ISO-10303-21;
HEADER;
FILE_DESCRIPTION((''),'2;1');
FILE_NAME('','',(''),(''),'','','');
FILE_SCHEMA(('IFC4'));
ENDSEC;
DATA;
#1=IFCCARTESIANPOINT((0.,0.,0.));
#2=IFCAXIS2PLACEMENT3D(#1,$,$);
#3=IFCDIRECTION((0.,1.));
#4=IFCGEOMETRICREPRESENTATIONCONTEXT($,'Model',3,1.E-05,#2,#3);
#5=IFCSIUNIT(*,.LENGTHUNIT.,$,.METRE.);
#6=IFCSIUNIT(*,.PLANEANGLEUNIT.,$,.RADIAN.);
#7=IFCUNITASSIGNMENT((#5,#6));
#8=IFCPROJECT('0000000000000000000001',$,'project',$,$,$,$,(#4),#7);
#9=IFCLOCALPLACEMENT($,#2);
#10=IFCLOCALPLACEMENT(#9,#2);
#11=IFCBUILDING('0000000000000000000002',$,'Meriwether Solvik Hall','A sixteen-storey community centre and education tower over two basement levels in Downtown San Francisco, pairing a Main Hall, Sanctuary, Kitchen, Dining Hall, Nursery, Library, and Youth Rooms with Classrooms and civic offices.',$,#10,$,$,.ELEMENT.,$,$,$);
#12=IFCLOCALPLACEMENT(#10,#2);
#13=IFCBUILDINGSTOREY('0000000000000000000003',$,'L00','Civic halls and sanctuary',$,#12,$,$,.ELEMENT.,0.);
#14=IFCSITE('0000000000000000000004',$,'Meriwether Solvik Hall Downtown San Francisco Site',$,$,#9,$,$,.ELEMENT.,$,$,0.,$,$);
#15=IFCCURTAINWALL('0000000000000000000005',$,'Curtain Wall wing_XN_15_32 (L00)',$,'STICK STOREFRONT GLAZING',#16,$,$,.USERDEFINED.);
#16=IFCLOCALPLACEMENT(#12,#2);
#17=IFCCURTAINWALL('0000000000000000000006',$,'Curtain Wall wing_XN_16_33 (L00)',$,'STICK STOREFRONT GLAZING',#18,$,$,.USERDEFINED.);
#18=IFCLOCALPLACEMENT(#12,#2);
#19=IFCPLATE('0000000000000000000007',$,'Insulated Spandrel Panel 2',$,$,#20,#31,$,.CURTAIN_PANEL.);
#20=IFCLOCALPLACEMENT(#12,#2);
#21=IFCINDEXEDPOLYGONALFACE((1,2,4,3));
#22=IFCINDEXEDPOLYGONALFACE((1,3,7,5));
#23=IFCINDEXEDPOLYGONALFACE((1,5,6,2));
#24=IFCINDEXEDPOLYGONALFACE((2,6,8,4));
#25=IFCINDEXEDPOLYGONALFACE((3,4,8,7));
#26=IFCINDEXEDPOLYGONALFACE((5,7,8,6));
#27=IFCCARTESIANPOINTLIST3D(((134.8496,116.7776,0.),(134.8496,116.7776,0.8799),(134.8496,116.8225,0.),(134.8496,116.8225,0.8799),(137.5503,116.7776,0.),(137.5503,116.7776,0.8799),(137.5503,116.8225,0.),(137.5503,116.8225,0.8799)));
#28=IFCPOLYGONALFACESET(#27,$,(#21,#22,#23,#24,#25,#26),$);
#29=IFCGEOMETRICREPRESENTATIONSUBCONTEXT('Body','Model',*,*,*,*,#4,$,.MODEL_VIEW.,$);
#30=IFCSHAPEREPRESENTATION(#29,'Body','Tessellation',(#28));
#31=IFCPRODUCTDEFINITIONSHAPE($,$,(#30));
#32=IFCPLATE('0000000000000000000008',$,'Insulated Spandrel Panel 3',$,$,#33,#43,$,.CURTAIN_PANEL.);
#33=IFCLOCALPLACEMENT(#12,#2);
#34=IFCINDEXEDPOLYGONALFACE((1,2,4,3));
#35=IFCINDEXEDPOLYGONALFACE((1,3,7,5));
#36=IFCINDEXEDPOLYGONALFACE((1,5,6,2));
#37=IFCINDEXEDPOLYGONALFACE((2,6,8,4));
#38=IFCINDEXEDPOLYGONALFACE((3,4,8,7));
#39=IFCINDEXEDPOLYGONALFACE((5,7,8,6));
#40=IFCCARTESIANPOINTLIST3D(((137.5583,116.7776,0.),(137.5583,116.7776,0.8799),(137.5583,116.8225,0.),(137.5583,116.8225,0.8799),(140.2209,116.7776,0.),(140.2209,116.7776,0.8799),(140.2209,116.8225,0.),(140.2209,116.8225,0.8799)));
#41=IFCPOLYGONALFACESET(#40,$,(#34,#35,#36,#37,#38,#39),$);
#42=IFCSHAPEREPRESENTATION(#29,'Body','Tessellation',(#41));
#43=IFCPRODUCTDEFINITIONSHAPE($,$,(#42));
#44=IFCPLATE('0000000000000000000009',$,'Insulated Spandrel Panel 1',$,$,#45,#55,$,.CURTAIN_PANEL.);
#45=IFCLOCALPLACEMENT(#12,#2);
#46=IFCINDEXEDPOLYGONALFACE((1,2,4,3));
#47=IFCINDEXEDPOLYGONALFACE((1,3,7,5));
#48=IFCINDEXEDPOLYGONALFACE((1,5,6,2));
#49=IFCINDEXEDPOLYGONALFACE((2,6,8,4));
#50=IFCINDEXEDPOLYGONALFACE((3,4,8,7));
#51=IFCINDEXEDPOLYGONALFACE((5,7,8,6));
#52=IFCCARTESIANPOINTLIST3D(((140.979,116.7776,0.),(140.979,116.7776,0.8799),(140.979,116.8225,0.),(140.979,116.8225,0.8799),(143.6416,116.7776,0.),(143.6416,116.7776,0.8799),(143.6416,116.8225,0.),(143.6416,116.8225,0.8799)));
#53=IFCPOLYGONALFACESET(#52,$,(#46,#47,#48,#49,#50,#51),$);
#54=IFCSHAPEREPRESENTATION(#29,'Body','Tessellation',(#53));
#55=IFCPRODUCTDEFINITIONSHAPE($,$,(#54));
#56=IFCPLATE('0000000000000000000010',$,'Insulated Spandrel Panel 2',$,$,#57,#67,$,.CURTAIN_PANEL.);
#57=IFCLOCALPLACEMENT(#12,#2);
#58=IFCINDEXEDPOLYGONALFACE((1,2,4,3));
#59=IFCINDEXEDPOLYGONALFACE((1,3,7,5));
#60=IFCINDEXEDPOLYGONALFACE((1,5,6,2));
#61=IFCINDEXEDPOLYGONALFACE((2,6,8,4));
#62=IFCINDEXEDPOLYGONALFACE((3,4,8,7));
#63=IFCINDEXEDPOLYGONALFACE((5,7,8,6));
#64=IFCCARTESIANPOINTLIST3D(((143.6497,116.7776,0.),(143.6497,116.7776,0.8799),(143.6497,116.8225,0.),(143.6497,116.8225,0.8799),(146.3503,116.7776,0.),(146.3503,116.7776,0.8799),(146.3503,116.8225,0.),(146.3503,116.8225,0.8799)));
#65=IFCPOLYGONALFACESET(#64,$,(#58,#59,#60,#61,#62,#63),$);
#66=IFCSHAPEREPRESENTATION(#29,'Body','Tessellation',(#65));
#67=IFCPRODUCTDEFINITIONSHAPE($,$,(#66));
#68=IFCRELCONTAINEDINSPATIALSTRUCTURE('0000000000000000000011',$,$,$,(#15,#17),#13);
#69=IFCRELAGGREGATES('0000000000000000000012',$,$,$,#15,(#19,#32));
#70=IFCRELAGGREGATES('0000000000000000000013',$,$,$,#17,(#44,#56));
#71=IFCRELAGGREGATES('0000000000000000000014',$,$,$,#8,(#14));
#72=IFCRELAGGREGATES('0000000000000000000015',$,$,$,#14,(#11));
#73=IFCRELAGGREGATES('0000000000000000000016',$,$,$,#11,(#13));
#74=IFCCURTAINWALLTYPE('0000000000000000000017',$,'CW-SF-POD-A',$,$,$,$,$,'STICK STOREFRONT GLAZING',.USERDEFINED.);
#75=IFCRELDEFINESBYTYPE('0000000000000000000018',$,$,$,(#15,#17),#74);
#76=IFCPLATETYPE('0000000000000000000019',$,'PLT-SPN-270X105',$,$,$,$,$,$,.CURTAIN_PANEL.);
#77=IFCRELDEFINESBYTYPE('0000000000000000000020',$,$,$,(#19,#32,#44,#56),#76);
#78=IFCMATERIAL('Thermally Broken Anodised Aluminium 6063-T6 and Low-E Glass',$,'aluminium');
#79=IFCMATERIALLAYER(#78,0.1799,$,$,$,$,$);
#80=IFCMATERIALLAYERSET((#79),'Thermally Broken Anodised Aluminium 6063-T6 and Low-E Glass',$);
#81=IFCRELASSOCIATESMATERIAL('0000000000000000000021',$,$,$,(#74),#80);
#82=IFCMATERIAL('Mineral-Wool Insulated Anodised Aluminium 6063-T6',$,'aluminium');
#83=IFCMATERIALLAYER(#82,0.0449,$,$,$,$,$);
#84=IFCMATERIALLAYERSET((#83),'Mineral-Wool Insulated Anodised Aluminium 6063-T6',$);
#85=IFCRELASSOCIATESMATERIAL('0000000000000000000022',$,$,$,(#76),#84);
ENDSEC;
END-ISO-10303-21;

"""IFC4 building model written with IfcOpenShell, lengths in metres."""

from ifc_helpers import new_model, si_unit, direction, frame, origin, origin_2d, place, context, subcontext, project, spatial, rectangle, extrude, material, layer, layer_set, type_object, element, aggregate, save


model = new_model("IFC4")

# Units and contexts
model_context = context("Model", 3, precision=1e-05, world=origin(), true_north=direction((0.0, 1.0)))
body_context = subcontext(model_context, "Body", "Model", "MODEL_VIEW")
ifc_project = project(units=[si_unit("LENGTHUNIT", "METRE"), si_unit("PLANEANGLEUNIT", "RADIAN")], contexts=[model_context])

# Site, building, storey
site_placement = place(None, origin())
site = spatial("IfcSite", under=ifc_project, at=site_placement, Name="Meriwether Solvik Hall Downtown San Francisco Site", CompositionType="ELEMENT", RefElevation=0.0)
building_placement = place(site_placement, origin())
building = spatial("IfcBuilding", under=site, at=building_placement, Name="Meriwether Solvik Hall", Description="A sixteen-storey community centre and education tower over two basement levels in Downtown San Francisco, pairing a Main Hall, Sanctuary, Kitchen, Dining Hall, Nursery, Library, and Youth Rooms with Classrooms and civic offices.", CompositionType="ELEMENT")
storey_placement = place(building_placement, origin())
storey = spatial("IfcBuildingStorey", under=building, at=storey_placement, Name="L00", Description="Civic halls and sanctuary", CompositionType="ELEMENT", Elevation=0.0)

# Curtain walls
ifc_material_1 = material(Name="Thermally Broken Anodised Aluminium 6063-T6 and Low-E Glass", Category="aluminium")
ifc_layer_1 = layer(ifc_material_1, 0.1799)
ifc_layer_set_1 = layer_set([ifc_layer_1], Name="Thermally Broken Anodised Aluminium 6063-T6 and Low-E Glass")
curtain_wall_type = type_object("IfcCurtainWallType", Name="CW-SF-POD-A", ElementType="STICK STOREFRONT GLAZING", PredefinedType="USERDEFINED", material=ifc_layer_set_1)
curtain_wall_1_placement = place(storey_placement, origin())
curtain_wall_1 = element("IfcCurtainWall", 1, at=curtain_wall_1_placement, inside=storey, type_object=curtain_wall_type, Name="Curtain Wall wing_XN_15_32 (L00)", ObjectType="STICK STOREFRONT GLAZING", PredefinedType="USERDEFINED")
curtain_wall_2_placement = place(storey_placement, origin())
curtain_wall_2 = element("IfcCurtainWall", 2, at=curtain_wall_2_placement, inside=storey, type_object=curtain_wall_type, Name="Curtain Wall wing_XN_16_33 (L00)", ObjectType="STICK STOREFRONT GLAZING", PredefinedType="USERDEFINED")

# Plates
ifc_material_2 = material(Name="Mineral-Wool Insulated Anodised Aluminium 6063-T6", Category="aluminium")
ifc_layer_2 = layer(ifc_material_2, 0.0449)
ifc_layer_set_2 = layer_set([ifc_layer_2], Name="Mineral-Wool Insulated Anodised Aluminium 6063-T6")
plate_type_1 = type_object("IfcPlateType", Name="PLT-SPN-270X105", PredefinedType="CURTAIN_PANEL", material=ifc_layer_set_2)
plate_1_placement = place(storey_placement, frame((136.2, 116.8, 0.0), z_axis=(0.0, 0.0, 1.0), x_axis=(1.0, 0.0, 0.0)))
plate_1 = element("IfcPlate", 3, at=plate_1_placement, type_object=plate_type_1, Name="Insulated Spandrel Panel 2", PredefinedType="CURTAIN_PANEL", context=body_context, shape_type="SweptSolid", body=[
    extrude(rectangle(XDim=2.7007, YDim=0.0449, at=origin_2d()), origin(), (0.0, 0.0, 1.0), 0.8799),
])
plate_2_placement = place(storey_placement, frame((138.8896, 116.8, 0.0), z_axis=(0.0, 0.0, 1.0), x_axis=(1.0, 0.0, 0.0)))
plate_2 = element("IfcPlate", 4, at=plate_2_placement, type_object=plate_type_1, Name="Insulated Spandrel Panel 3", PredefinedType="CURTAIN_PANEL", context=body_context, shape_type="SweptSolid", body=[
    extrude(rectangle(XDim=2.6626, YDim=0.0449, at=origin_2d()), origin(), (0.0, 0.0, 1.0), 0.8799),
])
aggregate(curtain_wall_1, [plate_1, plate_2])
plate_3_placement = place(storey_placement, frame((142.3103, 116.8, 0.0), z_axis=(0.0, 0.0, 1.0), x_axis=(1.0, 0.0, 0.0)))
plate_3 = element("IfcPlate", 5, at=plate_3_placement, type_object=plate_type_1, Name="Insulated Spandrel Panel 1", PredefinedType="CURTAIN_PANEL", context=body_context, shape_type="SweptSolid", body=[
    extrude(rectangle(XDim=2.6626, YDim=0.0449, at=origin_2d()), origin(), (0.0, 0.0, 1.0), 0.8799),
])
plate_4_placement = place(storey_placement, frame((145.0, 116.8, 0.0), z_axis=(0.0, 0.0, 1.0), x_axis=(1.0, 0.0, 0.0)))
plate_4 = element("IfcPlate", 6, at=plate_4_placement, type_object=plate_type_1, Name="Insulated Spandrel Panel 2", PredefinedType="CURTAIN_PANEL", context=body_context, shape_type="SweptSolid", body=[
    extrude(rectangle(XDim=2.7007, YDim=0.0449, at=origin_2d()), origin(), (0.0, 0.0, 1.0), 0.8799),
])
aggregate(curtain_wall_2, [plate_3, plate_4])

save(model, "model.ifc")
